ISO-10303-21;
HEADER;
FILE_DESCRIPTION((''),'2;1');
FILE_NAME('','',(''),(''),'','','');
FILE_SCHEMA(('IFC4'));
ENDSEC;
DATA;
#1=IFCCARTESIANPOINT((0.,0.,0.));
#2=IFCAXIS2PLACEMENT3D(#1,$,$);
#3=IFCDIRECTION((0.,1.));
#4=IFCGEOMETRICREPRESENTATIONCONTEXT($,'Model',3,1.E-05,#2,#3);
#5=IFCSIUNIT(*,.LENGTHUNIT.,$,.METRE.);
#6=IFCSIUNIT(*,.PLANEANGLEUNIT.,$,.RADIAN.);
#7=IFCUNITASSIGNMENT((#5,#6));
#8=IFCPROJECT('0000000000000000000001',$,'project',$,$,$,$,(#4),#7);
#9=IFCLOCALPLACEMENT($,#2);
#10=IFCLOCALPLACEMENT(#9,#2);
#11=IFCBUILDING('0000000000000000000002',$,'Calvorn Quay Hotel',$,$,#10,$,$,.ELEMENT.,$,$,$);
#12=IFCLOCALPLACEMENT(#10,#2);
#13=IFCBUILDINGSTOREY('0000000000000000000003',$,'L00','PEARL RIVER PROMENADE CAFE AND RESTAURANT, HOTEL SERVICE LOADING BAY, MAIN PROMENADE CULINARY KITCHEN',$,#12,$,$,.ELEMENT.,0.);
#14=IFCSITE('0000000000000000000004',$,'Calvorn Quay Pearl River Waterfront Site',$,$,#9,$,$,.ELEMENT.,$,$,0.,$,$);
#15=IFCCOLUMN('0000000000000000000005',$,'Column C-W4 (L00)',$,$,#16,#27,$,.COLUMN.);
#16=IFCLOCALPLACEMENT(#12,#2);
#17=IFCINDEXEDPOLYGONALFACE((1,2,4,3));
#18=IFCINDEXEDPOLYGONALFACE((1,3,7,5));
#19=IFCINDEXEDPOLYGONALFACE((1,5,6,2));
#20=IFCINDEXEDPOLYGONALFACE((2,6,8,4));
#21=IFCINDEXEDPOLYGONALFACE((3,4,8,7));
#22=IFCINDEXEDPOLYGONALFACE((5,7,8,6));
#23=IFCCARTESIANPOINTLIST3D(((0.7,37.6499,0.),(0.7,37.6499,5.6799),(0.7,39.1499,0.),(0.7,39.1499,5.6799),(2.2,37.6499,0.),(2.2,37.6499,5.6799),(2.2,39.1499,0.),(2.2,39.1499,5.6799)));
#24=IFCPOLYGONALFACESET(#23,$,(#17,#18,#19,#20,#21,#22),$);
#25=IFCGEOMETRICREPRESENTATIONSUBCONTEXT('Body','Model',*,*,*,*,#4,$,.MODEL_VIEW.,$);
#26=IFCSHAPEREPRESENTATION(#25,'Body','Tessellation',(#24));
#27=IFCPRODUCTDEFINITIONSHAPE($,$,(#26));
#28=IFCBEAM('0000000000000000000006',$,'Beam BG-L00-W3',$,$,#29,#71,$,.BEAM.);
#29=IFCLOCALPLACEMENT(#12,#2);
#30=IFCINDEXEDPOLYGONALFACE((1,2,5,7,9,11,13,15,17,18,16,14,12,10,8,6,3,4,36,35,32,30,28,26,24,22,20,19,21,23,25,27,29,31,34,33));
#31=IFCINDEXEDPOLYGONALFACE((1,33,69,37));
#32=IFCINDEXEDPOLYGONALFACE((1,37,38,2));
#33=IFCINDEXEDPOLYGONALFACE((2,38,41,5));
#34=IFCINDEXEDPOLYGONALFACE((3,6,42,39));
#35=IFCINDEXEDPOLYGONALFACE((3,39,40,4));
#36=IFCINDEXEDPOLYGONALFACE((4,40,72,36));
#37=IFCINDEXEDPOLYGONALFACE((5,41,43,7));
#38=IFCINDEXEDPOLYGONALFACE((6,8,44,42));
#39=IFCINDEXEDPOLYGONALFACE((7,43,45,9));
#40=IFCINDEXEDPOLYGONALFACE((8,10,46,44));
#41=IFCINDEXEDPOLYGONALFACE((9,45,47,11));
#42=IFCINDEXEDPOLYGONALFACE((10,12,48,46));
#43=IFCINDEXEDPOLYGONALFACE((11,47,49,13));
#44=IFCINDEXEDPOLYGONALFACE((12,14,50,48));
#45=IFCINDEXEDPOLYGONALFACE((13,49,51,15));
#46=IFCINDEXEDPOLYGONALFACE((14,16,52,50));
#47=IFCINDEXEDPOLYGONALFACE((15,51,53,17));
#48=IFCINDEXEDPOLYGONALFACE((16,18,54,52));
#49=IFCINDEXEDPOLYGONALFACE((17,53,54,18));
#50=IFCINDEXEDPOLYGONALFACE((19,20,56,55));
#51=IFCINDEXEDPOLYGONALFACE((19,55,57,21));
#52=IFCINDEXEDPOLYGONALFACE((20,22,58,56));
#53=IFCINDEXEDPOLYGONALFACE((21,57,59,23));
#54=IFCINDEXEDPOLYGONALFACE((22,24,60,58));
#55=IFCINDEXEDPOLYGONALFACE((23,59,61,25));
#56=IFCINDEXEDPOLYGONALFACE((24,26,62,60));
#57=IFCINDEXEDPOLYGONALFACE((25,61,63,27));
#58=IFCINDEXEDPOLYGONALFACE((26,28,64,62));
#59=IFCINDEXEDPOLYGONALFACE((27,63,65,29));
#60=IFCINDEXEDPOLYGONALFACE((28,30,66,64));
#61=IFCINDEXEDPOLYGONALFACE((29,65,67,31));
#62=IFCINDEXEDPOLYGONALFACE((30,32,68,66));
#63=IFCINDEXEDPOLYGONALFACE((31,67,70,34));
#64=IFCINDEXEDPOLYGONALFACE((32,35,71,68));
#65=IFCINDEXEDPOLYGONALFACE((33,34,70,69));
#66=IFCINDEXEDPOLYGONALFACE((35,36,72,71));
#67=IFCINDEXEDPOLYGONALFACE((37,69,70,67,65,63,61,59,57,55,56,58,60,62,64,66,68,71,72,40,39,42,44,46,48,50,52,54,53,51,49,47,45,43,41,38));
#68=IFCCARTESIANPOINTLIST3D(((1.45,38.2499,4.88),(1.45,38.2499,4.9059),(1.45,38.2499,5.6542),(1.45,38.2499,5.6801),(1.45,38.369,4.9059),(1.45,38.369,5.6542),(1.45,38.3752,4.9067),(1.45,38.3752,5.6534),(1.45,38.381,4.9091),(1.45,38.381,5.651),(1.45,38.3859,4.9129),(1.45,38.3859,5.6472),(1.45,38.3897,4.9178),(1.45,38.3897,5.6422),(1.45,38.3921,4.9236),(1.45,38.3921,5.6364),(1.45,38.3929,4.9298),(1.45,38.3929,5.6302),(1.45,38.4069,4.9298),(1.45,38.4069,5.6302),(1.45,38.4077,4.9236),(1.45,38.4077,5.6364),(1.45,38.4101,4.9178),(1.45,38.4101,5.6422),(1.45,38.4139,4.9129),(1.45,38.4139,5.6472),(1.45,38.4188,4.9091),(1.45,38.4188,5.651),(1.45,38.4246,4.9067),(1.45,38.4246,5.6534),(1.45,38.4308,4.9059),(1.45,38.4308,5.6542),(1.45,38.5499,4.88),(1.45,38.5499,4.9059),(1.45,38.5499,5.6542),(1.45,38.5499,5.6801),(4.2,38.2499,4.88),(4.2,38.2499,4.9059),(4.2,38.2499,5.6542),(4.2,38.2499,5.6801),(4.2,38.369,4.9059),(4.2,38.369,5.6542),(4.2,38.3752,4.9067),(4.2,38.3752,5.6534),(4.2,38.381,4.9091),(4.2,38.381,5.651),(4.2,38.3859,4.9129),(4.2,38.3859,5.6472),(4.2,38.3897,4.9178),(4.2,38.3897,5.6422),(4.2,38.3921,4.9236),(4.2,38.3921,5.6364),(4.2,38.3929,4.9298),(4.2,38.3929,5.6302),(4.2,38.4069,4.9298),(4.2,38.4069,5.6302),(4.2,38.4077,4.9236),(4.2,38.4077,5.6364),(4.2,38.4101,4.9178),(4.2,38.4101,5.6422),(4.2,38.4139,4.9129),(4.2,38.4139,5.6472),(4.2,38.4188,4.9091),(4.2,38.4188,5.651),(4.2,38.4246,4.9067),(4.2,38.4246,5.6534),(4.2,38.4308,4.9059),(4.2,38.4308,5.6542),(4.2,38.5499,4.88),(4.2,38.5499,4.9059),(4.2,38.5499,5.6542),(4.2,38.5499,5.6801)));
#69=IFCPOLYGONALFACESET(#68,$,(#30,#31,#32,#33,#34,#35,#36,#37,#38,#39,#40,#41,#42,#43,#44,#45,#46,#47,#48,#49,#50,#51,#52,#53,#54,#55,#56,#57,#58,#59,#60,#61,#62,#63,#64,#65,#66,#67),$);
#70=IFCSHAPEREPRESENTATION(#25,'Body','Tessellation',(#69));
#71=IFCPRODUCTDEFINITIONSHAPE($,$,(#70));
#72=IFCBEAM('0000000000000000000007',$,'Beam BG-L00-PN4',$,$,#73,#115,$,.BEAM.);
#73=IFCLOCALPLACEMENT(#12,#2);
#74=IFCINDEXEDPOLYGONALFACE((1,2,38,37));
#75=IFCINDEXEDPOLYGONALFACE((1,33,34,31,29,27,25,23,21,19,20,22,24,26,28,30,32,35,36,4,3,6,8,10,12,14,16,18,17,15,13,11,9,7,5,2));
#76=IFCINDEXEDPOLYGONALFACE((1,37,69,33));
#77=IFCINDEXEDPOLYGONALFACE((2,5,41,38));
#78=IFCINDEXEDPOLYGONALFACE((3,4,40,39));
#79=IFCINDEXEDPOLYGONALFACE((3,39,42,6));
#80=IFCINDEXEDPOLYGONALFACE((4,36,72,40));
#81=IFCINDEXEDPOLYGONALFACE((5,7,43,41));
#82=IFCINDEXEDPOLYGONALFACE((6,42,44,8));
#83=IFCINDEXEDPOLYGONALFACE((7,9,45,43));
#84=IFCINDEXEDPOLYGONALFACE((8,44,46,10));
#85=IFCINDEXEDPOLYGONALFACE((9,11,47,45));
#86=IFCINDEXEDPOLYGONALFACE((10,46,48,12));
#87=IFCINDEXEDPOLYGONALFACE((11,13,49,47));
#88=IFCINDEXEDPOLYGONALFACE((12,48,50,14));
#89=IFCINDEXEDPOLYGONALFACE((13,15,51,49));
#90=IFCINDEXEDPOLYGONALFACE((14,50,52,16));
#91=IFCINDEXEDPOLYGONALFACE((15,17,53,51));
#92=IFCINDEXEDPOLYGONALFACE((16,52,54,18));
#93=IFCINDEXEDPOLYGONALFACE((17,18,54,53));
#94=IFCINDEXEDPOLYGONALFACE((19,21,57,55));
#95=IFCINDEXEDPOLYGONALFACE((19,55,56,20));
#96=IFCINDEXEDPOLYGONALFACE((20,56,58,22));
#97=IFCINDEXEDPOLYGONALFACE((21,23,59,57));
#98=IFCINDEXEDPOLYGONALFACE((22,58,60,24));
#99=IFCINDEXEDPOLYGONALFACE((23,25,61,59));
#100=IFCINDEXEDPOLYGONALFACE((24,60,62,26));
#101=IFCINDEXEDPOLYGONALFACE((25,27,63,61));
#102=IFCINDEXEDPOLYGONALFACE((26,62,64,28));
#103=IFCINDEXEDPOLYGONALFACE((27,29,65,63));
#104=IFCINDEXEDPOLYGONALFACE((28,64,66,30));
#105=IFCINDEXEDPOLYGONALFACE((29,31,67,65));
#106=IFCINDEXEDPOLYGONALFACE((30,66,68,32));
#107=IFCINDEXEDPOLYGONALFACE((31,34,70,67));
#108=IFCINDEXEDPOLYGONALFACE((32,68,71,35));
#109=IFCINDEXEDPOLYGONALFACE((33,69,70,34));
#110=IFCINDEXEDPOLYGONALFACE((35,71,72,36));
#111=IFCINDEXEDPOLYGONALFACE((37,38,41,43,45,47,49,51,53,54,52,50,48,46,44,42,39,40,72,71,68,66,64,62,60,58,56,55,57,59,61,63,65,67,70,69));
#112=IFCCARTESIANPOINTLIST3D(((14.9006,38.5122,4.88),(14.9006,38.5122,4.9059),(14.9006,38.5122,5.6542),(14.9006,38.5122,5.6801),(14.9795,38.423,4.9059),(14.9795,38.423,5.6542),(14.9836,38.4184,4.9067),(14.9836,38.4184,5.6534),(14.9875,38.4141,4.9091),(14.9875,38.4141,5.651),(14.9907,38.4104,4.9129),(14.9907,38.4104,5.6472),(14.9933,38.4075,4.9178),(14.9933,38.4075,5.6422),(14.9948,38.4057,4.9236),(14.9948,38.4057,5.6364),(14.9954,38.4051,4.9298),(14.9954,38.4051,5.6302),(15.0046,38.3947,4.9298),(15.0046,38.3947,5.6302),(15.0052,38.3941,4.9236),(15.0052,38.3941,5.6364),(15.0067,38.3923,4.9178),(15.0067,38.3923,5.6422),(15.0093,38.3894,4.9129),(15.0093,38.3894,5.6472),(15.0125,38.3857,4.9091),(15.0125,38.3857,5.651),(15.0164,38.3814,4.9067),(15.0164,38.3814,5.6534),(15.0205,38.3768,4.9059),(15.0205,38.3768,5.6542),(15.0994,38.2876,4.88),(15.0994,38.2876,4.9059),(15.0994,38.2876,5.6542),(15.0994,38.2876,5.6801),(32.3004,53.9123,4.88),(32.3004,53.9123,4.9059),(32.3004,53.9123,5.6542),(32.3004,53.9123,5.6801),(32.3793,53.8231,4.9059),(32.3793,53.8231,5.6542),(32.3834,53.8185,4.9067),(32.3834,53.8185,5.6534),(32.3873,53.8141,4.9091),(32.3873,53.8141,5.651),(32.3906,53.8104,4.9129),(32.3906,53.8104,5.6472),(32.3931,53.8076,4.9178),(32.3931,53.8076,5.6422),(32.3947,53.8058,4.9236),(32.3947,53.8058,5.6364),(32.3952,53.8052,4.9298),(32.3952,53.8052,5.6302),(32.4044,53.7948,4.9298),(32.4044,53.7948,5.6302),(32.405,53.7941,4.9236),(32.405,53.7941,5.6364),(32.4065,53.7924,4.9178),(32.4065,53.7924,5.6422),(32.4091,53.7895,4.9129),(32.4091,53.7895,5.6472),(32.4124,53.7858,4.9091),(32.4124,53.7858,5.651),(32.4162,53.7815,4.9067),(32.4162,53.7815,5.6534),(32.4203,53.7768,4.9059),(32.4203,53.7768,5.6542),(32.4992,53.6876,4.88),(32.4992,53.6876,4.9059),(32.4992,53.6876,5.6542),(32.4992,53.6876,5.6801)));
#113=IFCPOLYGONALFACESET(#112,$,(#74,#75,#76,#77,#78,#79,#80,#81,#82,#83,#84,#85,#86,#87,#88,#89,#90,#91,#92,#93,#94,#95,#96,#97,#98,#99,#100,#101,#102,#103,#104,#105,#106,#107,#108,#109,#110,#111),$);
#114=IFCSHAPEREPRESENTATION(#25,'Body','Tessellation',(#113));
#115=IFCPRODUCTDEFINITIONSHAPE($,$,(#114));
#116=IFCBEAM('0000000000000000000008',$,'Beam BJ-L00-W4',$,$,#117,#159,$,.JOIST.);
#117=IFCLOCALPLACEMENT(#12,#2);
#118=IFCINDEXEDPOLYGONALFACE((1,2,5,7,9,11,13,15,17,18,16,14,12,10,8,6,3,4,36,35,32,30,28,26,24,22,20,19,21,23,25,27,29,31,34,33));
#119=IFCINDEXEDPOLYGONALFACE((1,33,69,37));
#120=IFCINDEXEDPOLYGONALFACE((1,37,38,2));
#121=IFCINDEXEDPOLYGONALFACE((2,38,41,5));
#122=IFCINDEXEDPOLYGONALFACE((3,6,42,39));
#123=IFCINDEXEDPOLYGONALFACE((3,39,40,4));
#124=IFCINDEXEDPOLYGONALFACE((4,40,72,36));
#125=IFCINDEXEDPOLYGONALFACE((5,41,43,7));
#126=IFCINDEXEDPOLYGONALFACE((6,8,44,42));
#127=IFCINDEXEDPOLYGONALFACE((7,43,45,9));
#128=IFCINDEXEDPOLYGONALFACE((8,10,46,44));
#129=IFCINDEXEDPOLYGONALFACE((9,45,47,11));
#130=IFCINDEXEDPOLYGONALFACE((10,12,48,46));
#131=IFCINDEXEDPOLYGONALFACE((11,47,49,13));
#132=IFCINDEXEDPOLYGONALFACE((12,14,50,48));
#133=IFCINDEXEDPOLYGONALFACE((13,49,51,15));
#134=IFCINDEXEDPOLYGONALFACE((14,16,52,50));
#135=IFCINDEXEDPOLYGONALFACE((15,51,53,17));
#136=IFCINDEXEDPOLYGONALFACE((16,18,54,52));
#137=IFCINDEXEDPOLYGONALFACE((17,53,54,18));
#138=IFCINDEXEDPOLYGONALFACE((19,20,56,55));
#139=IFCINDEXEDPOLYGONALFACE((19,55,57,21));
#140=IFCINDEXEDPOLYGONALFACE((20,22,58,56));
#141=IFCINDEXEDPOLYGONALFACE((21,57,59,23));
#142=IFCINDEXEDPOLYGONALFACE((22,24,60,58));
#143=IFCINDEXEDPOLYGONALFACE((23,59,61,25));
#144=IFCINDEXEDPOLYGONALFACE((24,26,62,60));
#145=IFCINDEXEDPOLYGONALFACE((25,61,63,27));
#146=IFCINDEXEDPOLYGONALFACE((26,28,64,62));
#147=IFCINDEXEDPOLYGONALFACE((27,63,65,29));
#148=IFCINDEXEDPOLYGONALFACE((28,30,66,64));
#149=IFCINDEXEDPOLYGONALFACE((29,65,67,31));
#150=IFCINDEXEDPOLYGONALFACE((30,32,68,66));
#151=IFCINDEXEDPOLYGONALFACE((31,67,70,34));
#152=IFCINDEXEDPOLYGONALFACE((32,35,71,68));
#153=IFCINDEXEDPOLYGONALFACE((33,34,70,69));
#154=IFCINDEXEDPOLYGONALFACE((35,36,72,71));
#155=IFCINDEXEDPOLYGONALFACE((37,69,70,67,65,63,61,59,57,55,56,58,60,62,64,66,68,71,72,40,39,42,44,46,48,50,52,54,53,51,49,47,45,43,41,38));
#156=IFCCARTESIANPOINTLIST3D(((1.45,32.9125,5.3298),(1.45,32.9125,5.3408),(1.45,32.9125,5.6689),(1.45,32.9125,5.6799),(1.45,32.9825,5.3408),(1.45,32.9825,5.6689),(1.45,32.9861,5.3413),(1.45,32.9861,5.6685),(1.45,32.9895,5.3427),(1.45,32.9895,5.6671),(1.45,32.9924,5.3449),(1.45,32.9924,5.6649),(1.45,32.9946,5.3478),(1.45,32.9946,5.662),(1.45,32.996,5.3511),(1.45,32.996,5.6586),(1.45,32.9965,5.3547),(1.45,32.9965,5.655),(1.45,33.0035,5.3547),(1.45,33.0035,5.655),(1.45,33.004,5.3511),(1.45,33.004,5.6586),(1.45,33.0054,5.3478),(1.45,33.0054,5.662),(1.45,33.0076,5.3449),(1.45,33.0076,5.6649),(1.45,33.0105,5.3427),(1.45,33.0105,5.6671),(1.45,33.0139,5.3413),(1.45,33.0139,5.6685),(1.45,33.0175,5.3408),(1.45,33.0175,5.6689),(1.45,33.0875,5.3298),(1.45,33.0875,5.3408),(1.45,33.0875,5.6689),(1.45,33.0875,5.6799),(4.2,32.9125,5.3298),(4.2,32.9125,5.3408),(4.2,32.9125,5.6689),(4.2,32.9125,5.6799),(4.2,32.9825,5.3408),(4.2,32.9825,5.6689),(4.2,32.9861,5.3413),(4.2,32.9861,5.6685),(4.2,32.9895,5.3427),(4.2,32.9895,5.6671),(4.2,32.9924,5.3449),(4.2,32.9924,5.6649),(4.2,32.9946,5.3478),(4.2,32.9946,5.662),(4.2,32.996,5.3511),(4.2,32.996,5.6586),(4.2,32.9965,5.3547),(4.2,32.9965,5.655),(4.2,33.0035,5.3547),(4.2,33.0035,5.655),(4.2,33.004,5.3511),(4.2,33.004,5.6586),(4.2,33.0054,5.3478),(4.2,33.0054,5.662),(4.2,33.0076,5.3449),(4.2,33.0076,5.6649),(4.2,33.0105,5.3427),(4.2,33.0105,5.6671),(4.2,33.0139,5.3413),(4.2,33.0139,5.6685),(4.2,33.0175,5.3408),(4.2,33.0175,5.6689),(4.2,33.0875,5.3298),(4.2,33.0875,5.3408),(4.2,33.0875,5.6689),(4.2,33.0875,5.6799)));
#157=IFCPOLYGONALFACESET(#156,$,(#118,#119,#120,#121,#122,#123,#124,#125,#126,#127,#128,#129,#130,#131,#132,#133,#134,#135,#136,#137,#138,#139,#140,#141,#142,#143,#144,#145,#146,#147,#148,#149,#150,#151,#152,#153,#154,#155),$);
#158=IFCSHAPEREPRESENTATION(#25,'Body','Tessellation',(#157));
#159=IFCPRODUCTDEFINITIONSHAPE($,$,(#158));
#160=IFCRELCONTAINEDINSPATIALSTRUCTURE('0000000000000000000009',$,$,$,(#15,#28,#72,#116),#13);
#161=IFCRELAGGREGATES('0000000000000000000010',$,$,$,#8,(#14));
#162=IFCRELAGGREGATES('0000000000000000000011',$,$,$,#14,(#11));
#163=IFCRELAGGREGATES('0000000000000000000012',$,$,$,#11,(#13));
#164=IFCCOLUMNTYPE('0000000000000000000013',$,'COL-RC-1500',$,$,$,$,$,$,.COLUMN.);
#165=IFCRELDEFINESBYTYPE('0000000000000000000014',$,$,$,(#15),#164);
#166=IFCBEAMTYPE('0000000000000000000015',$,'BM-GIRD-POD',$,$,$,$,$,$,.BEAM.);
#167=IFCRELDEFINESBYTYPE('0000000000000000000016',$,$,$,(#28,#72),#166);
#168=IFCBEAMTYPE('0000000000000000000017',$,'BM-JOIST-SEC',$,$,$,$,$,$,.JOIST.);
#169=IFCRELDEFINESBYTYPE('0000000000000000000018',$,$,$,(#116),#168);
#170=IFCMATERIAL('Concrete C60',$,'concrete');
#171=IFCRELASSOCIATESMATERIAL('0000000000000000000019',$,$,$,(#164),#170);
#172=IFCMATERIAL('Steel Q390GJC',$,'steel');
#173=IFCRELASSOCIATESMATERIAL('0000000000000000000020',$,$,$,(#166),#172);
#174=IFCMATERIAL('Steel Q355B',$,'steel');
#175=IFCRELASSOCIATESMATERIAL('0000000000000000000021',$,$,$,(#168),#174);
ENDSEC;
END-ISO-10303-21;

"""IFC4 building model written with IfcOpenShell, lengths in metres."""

from ifc_helpers import new_model, si_unit, direction, frame, origin, origin_2d, place, context, subcontext, project, spatial, rectangle, i_section, extrude, material, material_profile, profile_set, type_object, element, save


model = new_model("IFC4")

# Units and contexts
model_context = context("Model", 3, precision=1e-05, world=origin(), true_north=direction((0.0, 1.0)))
body_context = subcontext(model_context, "Body", "Model", "MODEL_VIEW")
ifc_project = project(units=[si_unit("LENGTHUNIT", "METRE"), si_unit("PLANEANGLEUNIT", "RADIAN")], contexts=[model_context])

# Site, building, storey
site_placement = place(None, origin())
site = spatial("IfcSite", under=ifc_project, at=site_placement, Name="Calvorn Quay Pearl River Waterfront Site", CompositionType="ELEMENT", RefElevation=0.0)
building_placement = place(site_placement, origin())
building = spatial("IfcBuilding", under=site, at=building_placement, Name="Calvorn Quay Hotel", CompositionType="ELEMENT")
storey_placement = place(building_placement, origin())
storey = spatial("IfcBuildingStorey", under=building, at=storey_placement, Name="L00", Description="PEARL RIVER PROMENADE CAFE AND RESTAURANT, HOTEL SERVICE LOADING BAY, MAIN PROMENADE CULINARY KITCHEN", CompositionType="ELEMENT", Elevation=0.0)

# Column
ifc_material_1 = material(Name="Concrete C60", Category="concrete")
ifc_material_profile_1 = material_profile(ifc_material_1, rectangle(XDim=1.5, YDim=1.5, at=origin_2d()), Name="RC1500x1500")
ifc_profile_set_1 = profile_set([ifc_material_profile_1], Name="Concrete C60")
column_type = type_object("IfcColumnType", Name="COL-RC-1500", PredefinedType="COLUMN", material=ifc_profile_set_1)
column_placement = place(storey_placement, frame((1.45, 38.3999, 0.0), z_axis=(0.0, 0.0, 1.0), x_axis=(1.0, 0.0, 0.0)))
element("IfcColumn", 1, at=column_placement, inside=storey, type_object=column_type, Name="Column C-W4 (L00)", PredefinedType="COLUMN", context=body_context, shape_type="SweptSolid", body=[
    extrude(rectangle(XDim=1.5, YDim=1.5, at=origin_2d()), origin(), (0.0, 0.0, 1.0), 5.6799),
])

# Beams
ifc_material_2 = material(Name="Steel Q390GJC", Category="steel")
ifc_material_profile_2 = material_profile(ifc_material_2, i_section(OverallWidth=0.3, OverallDepth=0.8, WebThickness=0.0139, FlangeThickness=0.0259, FilletRadius=0.0239, at=origin_2d()), Name="HN800x300x14x26")
ifc_profile_set_2 = profile_set([ifc_material_profile_2], Name="Steel Q390GJC")
beam_type_1 = type_object("IfcBeamType", Name="BM-GIRD-POD", PredefinedType="BEAM", material=ifc_profile_set_2)
beam_1_placement = place(storey_placement, frame((1.45, 38.3999, 5.28), z_axis=(1.0, 0.0, 0.0), x_axis=(0.0, 1.0, 0.0)))
element("IfcBeam", 2, at=beam_1_placement, inside=storey, type_object=beam_type_1, Name="Beam BG-L00-W3", PredefinedType="BEAM", context=body_context, shape_type="SweptSolid", body=[
    extrude(i_section(OverallWidth=0.3, OverallDepth=0.8, WebThickness=0.0139, FlangeThickness=0.0259, FilletRadius=0.0239, at=origin_2d()), origin(), (0.0, 0.0, 1.0), 2.75),
])
beam_2_placement = place(storey_placement, frame((15.0, 38.3999, 5.28), z_axis=(0.748827, 0.662765, 0.0), x_axis=(-0.662765, 0.748827, 0.0)))
element("IfcBeam", 3, at=beam_2_placement, inside=storey, type_object=beam_type_1, Name="Beam BG-L00-PN4", PredefinedType="BEAM", context=body_context, shape_type="SweptSolid", body=[
    extrude(i_section(OverallWidth=0.3, OverallDepth=0.8, WebThickness=0.0139, FlangeThickness=0.0259, FilletRadius=0.0239, at=origin_2d()), origin(), (0.0, 0.0, 1.0), 23.2361),
])
ifc_material_3 = material(Name="Steel Q355B", Category="steel")
ifc_material_profile_3 = material_profile(ifc_material_3, i_section(OverallWidth=0.175, OverallDepth=0.3501, WebThickness=0.0071, FlangeThickness=0.011, FilletRadius=0.0139, at=origin_2d()), Name="HN350x175x7x11")
ifc_profile_set_3 = profile_set([ifc_material_profile_3], Name="Steel Q355B")
beam_type_2 = type_object("IfcBeamType", Name="BM-JOIST-SEC", PredefinedType="JOIST", material=ifc_profile_set_3)
beam_3_placement = place(storey_placement, frame((1.45, 33.0, 5.5049), z_axis=(1.0, 0.0, 0.0), x_axis=(0.0, 1.0, 0.0)))
element("IfcBeam", 4, at=beam_3_placement, inside=storey, type_object=beam_type_2, Name="Beam BJ-L00-W4", PredefinedType="JOIST", context=body_context, shape_type="SweptSolid", body=[
    extrude(i_section(OverallWidth=0.175, OverallDepth=0.3501, WebThickness=0.0071, FlangeThickness=0.011, FilletRadius=0.0139, at=origin_2d()), origin(), (0.0, 0.0, 1.0), 2.75),
])

save(model, "model.ifc")
